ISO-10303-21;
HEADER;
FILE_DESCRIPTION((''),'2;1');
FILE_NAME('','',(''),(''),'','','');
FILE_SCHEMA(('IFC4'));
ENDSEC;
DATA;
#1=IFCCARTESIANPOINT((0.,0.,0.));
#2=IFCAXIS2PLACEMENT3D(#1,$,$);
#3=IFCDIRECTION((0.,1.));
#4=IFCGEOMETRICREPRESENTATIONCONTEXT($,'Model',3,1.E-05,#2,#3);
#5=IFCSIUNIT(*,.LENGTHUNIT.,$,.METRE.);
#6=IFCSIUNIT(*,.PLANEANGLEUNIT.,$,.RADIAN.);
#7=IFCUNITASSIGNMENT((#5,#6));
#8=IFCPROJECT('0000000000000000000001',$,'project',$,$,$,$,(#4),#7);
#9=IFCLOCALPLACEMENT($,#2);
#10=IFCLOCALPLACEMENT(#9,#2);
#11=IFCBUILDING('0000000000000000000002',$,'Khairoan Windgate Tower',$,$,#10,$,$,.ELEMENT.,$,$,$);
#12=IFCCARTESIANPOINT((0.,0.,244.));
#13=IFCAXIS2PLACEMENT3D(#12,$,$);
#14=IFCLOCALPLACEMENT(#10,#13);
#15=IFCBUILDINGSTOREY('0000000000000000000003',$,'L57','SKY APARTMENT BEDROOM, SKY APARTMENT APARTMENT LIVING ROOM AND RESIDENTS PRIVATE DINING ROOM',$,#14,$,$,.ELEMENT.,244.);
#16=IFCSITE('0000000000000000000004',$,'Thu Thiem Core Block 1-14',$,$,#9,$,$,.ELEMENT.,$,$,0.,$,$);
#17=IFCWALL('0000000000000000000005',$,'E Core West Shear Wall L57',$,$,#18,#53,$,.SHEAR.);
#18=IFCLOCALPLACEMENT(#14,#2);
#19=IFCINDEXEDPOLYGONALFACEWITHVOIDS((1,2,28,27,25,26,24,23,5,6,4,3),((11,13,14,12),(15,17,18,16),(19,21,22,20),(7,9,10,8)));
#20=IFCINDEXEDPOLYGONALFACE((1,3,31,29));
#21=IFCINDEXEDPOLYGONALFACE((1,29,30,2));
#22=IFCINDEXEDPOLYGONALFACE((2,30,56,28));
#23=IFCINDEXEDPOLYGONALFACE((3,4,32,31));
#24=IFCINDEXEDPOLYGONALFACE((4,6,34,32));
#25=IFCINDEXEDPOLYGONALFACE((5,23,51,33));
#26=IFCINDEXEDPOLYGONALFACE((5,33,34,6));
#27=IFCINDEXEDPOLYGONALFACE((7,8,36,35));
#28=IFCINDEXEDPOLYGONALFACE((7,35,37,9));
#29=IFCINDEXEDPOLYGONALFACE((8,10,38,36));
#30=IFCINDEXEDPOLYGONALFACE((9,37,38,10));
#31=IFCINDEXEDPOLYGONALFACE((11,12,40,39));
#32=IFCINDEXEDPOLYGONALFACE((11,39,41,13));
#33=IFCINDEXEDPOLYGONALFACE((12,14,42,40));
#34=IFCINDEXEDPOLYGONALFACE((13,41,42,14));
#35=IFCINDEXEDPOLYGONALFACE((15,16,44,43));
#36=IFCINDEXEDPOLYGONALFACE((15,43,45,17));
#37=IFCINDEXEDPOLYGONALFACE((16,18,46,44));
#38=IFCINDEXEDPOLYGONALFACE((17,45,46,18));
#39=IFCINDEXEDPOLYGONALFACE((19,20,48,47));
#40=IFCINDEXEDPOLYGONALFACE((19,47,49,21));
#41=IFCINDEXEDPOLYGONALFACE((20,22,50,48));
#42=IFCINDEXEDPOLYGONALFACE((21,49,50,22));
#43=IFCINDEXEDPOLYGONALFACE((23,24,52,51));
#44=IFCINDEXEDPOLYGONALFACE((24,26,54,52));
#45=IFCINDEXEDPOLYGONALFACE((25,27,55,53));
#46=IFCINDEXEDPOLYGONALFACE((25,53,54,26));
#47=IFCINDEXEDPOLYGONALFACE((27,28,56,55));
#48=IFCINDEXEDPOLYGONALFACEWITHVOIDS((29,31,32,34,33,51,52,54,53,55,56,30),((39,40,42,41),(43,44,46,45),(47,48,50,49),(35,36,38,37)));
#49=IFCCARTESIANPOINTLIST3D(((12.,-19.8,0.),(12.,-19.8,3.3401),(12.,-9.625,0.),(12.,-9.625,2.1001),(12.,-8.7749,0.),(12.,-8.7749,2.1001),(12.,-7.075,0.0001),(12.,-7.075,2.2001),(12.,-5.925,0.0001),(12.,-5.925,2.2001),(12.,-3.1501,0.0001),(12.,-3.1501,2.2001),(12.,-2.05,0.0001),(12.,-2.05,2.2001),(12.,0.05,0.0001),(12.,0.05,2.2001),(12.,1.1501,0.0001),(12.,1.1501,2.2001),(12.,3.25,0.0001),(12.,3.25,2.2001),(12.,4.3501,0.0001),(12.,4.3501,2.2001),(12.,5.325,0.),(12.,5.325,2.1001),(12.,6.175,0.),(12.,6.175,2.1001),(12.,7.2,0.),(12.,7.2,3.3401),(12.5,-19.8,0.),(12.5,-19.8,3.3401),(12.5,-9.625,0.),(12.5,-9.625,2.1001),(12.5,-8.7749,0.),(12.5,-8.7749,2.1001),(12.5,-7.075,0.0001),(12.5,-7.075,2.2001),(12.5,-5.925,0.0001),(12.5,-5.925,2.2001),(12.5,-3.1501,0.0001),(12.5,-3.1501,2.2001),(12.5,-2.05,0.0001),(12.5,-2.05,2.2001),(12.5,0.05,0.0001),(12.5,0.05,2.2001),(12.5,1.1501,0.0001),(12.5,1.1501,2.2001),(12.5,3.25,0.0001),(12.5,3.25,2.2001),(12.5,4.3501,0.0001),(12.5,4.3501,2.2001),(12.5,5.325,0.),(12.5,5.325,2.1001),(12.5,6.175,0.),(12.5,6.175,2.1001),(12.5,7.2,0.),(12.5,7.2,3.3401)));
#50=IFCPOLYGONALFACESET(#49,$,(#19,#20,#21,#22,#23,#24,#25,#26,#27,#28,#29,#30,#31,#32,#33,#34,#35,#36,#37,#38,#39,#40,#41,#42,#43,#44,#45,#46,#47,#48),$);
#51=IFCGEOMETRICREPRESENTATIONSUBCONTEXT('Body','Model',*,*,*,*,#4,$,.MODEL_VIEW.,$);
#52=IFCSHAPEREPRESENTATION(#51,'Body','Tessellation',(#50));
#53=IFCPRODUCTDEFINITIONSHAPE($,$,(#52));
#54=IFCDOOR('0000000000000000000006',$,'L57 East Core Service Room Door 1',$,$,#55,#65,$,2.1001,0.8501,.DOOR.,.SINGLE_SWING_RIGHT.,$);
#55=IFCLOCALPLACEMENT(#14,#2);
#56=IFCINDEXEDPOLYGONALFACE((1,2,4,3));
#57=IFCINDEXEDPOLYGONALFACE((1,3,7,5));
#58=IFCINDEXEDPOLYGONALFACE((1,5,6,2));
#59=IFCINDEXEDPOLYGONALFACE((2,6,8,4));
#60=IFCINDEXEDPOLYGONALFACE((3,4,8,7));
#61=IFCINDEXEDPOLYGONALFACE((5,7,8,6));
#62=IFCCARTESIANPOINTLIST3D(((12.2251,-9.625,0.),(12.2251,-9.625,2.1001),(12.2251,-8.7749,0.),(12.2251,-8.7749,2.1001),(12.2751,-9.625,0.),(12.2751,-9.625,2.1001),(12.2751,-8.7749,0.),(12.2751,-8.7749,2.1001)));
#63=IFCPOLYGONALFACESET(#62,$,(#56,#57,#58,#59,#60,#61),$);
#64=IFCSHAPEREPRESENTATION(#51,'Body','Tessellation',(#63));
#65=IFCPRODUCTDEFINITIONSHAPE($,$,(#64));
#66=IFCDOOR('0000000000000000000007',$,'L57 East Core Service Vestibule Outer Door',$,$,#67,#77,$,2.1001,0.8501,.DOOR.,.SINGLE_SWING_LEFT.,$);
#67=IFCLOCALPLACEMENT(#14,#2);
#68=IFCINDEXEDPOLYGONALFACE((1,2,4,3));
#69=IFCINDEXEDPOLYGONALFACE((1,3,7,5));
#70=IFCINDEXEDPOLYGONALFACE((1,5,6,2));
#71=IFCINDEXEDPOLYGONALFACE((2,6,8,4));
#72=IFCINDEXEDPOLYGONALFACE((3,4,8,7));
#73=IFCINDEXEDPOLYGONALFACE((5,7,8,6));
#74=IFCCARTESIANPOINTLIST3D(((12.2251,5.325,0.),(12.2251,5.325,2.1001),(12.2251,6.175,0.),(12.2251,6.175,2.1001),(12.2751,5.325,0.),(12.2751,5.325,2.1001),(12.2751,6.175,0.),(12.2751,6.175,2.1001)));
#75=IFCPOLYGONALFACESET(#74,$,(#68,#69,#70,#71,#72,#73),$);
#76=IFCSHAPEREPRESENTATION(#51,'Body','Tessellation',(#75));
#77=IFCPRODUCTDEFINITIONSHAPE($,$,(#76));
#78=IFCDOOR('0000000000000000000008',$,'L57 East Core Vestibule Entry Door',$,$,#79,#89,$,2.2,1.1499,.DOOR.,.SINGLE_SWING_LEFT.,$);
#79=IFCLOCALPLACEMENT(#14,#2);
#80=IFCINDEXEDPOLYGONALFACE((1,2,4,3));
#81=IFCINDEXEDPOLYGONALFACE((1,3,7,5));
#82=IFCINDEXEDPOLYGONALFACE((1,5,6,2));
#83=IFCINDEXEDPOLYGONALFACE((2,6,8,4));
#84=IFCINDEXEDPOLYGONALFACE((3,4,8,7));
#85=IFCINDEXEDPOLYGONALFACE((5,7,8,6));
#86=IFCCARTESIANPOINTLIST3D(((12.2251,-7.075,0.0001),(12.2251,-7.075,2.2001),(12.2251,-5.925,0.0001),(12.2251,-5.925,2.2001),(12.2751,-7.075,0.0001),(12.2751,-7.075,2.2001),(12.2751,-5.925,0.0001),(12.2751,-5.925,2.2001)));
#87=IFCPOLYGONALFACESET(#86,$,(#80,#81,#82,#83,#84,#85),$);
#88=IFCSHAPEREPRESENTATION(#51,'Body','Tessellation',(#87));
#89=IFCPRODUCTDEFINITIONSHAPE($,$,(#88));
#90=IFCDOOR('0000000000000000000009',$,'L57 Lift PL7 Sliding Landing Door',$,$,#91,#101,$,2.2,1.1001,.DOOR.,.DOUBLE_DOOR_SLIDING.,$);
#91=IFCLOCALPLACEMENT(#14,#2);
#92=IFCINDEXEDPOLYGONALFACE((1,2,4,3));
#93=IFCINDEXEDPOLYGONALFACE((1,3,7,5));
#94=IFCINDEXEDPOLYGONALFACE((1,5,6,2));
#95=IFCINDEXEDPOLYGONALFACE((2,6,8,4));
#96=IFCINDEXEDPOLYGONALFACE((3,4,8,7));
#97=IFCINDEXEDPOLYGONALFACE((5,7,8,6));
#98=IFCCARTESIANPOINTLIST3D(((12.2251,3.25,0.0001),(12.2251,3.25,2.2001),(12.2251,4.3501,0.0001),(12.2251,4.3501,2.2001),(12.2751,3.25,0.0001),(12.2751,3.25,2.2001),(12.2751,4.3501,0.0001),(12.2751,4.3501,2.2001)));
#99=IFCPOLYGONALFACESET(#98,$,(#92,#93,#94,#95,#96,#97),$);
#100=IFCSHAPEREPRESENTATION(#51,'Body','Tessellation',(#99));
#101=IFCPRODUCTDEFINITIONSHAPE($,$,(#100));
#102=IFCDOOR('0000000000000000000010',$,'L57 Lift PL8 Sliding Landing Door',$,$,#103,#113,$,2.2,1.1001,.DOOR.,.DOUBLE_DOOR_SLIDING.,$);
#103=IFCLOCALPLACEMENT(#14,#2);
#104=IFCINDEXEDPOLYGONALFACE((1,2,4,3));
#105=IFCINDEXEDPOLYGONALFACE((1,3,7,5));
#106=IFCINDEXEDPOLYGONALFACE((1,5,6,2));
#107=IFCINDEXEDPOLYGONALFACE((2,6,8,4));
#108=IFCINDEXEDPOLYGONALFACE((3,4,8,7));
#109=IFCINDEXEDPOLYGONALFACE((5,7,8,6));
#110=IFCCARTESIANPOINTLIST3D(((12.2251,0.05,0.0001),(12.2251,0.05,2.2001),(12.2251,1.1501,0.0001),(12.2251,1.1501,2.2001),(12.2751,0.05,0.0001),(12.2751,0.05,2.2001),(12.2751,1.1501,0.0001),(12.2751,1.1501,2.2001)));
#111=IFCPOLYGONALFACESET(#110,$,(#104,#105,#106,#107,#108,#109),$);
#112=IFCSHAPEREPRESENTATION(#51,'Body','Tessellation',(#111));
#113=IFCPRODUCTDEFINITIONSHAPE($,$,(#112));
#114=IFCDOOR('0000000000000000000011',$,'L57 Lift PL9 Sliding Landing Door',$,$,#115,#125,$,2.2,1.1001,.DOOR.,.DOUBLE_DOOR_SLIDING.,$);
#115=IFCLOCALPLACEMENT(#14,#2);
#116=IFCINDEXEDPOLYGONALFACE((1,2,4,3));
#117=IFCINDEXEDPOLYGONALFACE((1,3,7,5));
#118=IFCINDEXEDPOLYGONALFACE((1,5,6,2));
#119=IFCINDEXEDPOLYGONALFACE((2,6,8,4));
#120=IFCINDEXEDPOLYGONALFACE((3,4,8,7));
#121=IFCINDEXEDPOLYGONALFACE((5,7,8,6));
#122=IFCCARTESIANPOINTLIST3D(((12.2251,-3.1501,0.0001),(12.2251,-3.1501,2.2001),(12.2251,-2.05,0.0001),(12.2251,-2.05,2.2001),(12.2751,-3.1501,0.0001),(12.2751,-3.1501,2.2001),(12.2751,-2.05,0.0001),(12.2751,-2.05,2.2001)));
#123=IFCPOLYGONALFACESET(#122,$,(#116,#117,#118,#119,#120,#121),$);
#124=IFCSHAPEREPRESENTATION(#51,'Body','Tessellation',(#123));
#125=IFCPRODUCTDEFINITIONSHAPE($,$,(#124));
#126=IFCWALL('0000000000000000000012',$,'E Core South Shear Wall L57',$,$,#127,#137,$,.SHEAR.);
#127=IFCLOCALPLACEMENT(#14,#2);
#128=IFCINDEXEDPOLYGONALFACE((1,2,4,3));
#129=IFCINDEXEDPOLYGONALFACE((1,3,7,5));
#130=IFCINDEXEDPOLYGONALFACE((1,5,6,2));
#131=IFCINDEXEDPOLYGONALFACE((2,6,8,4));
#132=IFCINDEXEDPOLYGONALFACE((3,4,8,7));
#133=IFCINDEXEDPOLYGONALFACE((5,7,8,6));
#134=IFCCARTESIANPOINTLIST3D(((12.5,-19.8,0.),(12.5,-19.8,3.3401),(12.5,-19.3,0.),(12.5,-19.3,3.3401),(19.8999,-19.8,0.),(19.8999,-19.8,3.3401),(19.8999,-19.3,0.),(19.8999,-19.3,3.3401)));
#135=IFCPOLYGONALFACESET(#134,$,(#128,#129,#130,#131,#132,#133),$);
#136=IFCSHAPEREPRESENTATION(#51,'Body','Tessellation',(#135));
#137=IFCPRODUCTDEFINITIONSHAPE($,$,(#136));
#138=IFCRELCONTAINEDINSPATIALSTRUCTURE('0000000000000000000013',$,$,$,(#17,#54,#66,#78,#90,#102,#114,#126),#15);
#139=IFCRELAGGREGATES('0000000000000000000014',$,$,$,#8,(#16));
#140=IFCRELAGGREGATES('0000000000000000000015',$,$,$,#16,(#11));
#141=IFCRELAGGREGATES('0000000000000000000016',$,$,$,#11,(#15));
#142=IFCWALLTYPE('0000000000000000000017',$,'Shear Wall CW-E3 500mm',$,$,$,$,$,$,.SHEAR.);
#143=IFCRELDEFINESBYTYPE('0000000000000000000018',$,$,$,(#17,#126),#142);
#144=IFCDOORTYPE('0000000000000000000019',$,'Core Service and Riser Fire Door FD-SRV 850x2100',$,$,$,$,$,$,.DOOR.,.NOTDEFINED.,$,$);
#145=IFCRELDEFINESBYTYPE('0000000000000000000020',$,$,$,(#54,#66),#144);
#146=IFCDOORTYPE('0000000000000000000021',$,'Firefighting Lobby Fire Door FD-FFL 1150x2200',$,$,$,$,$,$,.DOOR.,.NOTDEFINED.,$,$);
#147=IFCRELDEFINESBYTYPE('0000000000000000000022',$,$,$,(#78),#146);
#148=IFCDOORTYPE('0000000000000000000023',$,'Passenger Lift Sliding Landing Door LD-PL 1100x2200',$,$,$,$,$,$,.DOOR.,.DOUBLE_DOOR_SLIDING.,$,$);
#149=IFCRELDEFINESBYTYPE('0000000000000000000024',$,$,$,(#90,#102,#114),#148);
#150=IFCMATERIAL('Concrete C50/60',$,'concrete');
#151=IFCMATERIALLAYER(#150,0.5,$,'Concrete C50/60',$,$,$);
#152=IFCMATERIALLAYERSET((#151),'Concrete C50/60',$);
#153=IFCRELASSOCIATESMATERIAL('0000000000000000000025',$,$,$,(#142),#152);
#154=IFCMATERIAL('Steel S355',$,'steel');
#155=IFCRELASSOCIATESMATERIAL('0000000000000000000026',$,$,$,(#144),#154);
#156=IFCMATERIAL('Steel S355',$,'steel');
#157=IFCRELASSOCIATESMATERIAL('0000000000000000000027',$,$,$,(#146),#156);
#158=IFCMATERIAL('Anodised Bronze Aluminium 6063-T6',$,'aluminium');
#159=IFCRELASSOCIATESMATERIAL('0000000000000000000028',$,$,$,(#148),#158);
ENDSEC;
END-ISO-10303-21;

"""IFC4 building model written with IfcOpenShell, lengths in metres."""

from ifc_helpers import new_model, si_unit, direction, frame, frame_2d, origin, place, context, subcontext, project, spatial, rectangle, extrude, material, layer, layer_set, type_object, element, fill, save


model = new_model("IFC4")

# Units and contexts
model_context = context("Model", 3, precision=1e-05, world=origin(), true_north=direction((0.0, 1.0)))
body_context = subcontext(model_context, "Body", "Model", "MODEL_VIEW")
ifc_project = project(units=[si_unit("LENGTHUNIT", "METRE"), si_unit("PLANEANGLEUNIT", "RADIAN")], contexts=[model_context])

# Site, building, storey
site_placement = place(None, origin())
site = spatial("IfcSite", under=ifc_project, at=site_placement, Name="Thu Thiem Core Block 1-14", CompositionType="ELEMENT", RefElevation=0.0)
building_placement = place(site_placement, origin())
building = spatial("IfcBuilding", under=site, at=building_placement, Name="Khairoan Windgate Tower", CompositionType="ELEMENT")
storey_placement = place(building_placement, frame((0.0, 0.0, 244.0)))
storey = spatial("IfcBuildingStorey", under=building, at=storey_placement, Name="L57", Description="SKY APARTMENT BEDROOM, SKY APARTMENT APARTMENT LIVING ROOM AND RESIDENTS PRIVATE DINING ROOM", CompositionType="ELEMENT", Elevation=244.0)

# Wall, openings, doors
ifc_material_1 = material(Name="Concrete C50/60", Category="concrete")
ifc_layer_1 = layer(ifc_material_1, 0.5, Name="Concrete C50/60")
ifc_layer_set_1 = layer_set([ifc_layer_1], Name="Concrete C50/60")
wall_type_1 = type_object("IfcWallType", Name="Shear Wall CW-E3 500mm", PredefinedType="SHEAR", material=ifc_layer_set_1)
wall_1_placement = place(storey_placement, frame((12.25, -19.8, 0.0), z_axis=(0.0, 0.0, 1.0), x_axis=(0.0, 1.0, 0.0)))
wall_1 = element("IfcWall", 1, at=wall_1_placement, inside=storey, type_object=wall_type_1, Name="E Core West Shear Wall L57", PredefinedType="SHEAR", context=body_context, shape_type="SweptSolid", body=[
    extrude(rectangle(XDim=27.0, YDim=0.5, at=frame_2d((13.5, 0.0))), origin(), (0.0, 0.0, 1.0), 3.3401),
])
opening_1_placement = place(wall_1_placement, frame((23.05, 0.0, 0.0)))
opening_1 = element("IfcOpeningElement", 2, at=opening_1_placement, cuts=wall_1, PredefinedType="OPENING", context=body_context, shape_type="SweptSolid", body=[
    extrude(rectangle(XDim=1.1001, YDim=2.2, at=frame_2d((0.55, 1.1001))), frame((0.0, 0.26, 0.0), z_axis=(0.0, -1.0, 0.0), x_axis=(1.0, 0.0, 0.0)), (0.0, 0.0, 1.0), 0.52),
])
opening_2_placement = place(wall_1_placement, frame((19.8501, 0.0, 0.0)))
opening_2 = element("IfcOpeningElement", 3, at=opening_2_placement, cuts=wall_1, PredefinedType="OPENING", context=body_context, shape_type="SweptSolid", body=[
    extrude(rectangle(XDim=1.1001, YDim=2.2, at=frame_2d((0.55, 1.1001))), frame((0.0, 0.26, 0.0), z_axis=(0.0, -1.0, 0.0), x_axis=(1.0, 0.0, 0.0)), (0.0, 0.0, 1.0), 0.52),
])
opening_3_placement = place(wall_1_placement, frame((16.6499, 0.0, 0.0)))
opening_3 = element("IfcOpeningElement", 4, at=opening_3_placement, cuts=wall_1, PredefinedType="OPENING", context=body_context, shape_type="SweptSolid", body=[
    extrude(rectangle(XDim=1.1001, YDim=2.2, at=frame_2d((0.55, 1.1001))), frame((0.0, 0.26, 0.0), z_axis=(0.0, -1.0, 0.0), x_axis=(1.0, 0.0, 0.0)), (0.0, 0.0, 1.0), 0.52),
])
opening_4_placement = place(wall_1_placement, frame((10.175, 0.0, 0.0)))
opening_4 = element("IfcOpeningElement", 5, at=opening_4_placement, cuts=wall_1, PredefinedType="OPENING", context=body_context, shape_type="SweptSolid", body=[
    extrude(rectangle(XDim=0.8501, YDim=2.1001, at=frame_2d((0.425, 1.05))), frame((0.0, 0.26, 0.0), z_axis=(0.0, -1.0, 0.0), x_axis=(1.0, 0.0, 0.0)), (0.0, 0.0, 1.0), 0.52),
])
opening_5_placement = place(wall_1_placement, frame((12.7251, 0.0, 0.0)))
opening_5 = element("IfcOpeningElement", 6, at=opening_5_placement, cuts=wall_1, PredefinedType="OPENING", context=body_context, shape_type="SweptSolid", body=[
    extrude(rectangle(XDim=1.1499, YDim=2.2, at=frame_2d((0.575, 1.1001))), frame((0.0, 0.26, 0.0), z_axis=(0.0, -1.0, 0.0), x_axis=(1.0, 0.0, 0.0)), (0.0, 0.0, 1.0), 0.52),
])
opening_6_placement = place(wall_1_placement, frame((25.125, 0.0, 0.0)))
opening_6 = element("IfcOpeningElement", 7, at=opening_6_placement, cuts=wall_1, PredefinedType="OPENING", context=body_context, shape_type="SweptSolid", body=[
    extrude(rectangle(XDim=0.8501, YDim=2.1001, at=frame_2d((0.425, 1.05))), frame((0.0, 0.26, 0.0), z_axis=(0.0, -1.0, 0.0), x_axis=(1.0, 0.0, 0.0)), (0.0, 0.0, 1.0), 0.52),
])
ifc_material_2 = material(Name="Steel S355", Category="steel")
door_type_1 = type_object("IfcDoorType", Name="Core Service and Riser Fire Door FD-SRV 850x2100", OperationType="NOTDEFINED", PredefinedType="DOOR", material=ifc_material_2)
door_1_placement = place(opening_4_placement, origin())
door_1 = element("IfcDoor", 8, at=door_1_placement, inside=storey, type_object=door_type_1, Name="L57 East Core Service Room Door 1", OperationType="SINGLE_SWING_RIGHT", OverallHeight=2.1001, OverallWidth=0.8501, PredefinedType="DOOR", context=body_context, shape_type="SweptSolid", body=[
    extrude(rectangle(XDim=0.8501, YDim=2.1001, at=frame_2d((0.425, 1.05))), frame((0.0, 0.0249, 0.0), z_axis=(0.0, -1.0, 0.0), x_axis=(1.0, 0.0, 0.0)), (0.0, 0.0, 1.0), 0.05),
])
fill(opening_4, door_1)
door_2_placement = place(opening_6_placement, origin())
door_2 = element("IfcDoor", 9, at=door_2_placement, inside=storey, type_object=door_type_1, Name="L57 East Core Service Vestibule Outer Door", OperationType="SINGLE_SWING_LEFT", OverallHeight=2.1001, OverallWidth=0.8501, PredefinedType="DOOR", context=body_context, shape_type="SweptSolid", body=[
    extrude(rectangle(XDim=0.8501, YDim=2.1001, at=frame_2d((0.425, 1.05))), frame((0.0, 0.0249, 0.0), z_axis=(0.0, -1.0, 0.0), x_axis=(1.0, 0.0, 0.0)), (0.0, 0.0, 1.0), 0.05),
])
fill(opening_6, door_2)
ifc_material_3 = material(Name="Steel S355", Category="steel")
door_type_2 = type_object("IfcDoorType", Name="Firefighting Lobby Fire Door FD-FFL 1150x2200", OperationType="NOTDEFINED", PredefinedType="DOOR", material=ifc_material_3)
door_3_placement = place(opening_5_placement, origin())
door_3 = element("IfcDoor", 10, at=door_3_placement, inside=storey, type_object=door_type_2, Name="L57 East Core Vestibule Entry Door", OperationType="SINGLE_SWING_LEFT", OverallHeight=2.2, OverallWidth=1.1499, PredefinedType="DOOR", context=body_context, shape_type="SweptSolid", body=[
    extrude(rectangle(XDim=1.1499, YDim=2.2, at=frame_2d((0.575, 1.1001))), frame((0.0, 0.0249, 0.0), z_axis=(0.0, -1.0, 0.0), x_axis=(1.0, 0.0, 0.0)), (0.0, 0.0, 1.0), 0.05),
])
fill(opening_5, door_3)
ifc_material_4 = material(Name="Anodised Bronze Aluminium 6063-T6", Category="aluminium")
door_type_3 = type_object("IfcDoorType", Name="Passenger Lift Sliding Landing Door LD-PL 1100x2200", OperationType="DOUBLE_DOOR_SLIDING", PredefinedType="DOOR", material=ifc_material_4)
door_4_placement = place(opening_1_placement, origin())
door_4 = element("IfcDoor", 11, at=door_4_placement, inside=storey, type_object=door_type_3, Name="L57 Lift PL7 Sliding Landing Door", OperationType="DOUBLE_DOOR_SLIDING", OverallHeight=2.2, OverallWidth=1.1001, PredefinedType="DOOR", context=body_context, shape_type="SweptSolid", body=[
    extrude(rectangle(XDim=1.1001, YDim=2.2, at=frame_2d((0.55, 1.1001))), frame((0.0, 0.0249, 0.0), z_axis=(0.0, -1.0, 0.0), x_axis=(1.0, 0.0, 0.0)), (0.0, 0.0, 1.0), 0.05),
])
fill(opening_1, door_4)
door_5_placement = place(opening_2_placement, origin())
door_5 = element("IfcDoor", 12, at=door_5_placement, inside=storey, type_object=door_type_3, Name="L57 Lift PL8 Sliding Landing Door", OperationType="DOUBLE_DOOR_SLIDING", OverallHeight=2.2, OverallWidth=1.1001, PredefinedType="DOOR", context=body_context, shape_type="SweptSolid", body=[
    extrude(rectangle(XDim=1.1001, YDim=2.2, at=frame_2d((0.55, 1.1001))), frame((0.0, 0.0249, 0.0), z_axis=(0.0, -1.0, 0.0), x_axis=(1.0, 0.0, 0.0)), (0.0, 0.0, 1.0), 0.05),
])
fill(opening_2, door_5)
door_6_placement = place(opening_3_placement, origin())
door_6 = element("IfcDoor", 13, at=door_6_placement, inside=storey, type_object=door_type_3, Name="L57 Lift PL9 Sliding Landing Door", OperationType="DOUBLE_DOOR_SLIDING", OverallHeight=2.2, OverallWidth=1.1001, PredefinedType="DOOR", context=body_context, shape_type="SweptSolid", body=[
    extrude(rectangle(XDim=1.1001, YDim=2.2, at=frame_2d((0.55, 1.1001))), frame((0.0, 0.0249, 0.0), z_axis=(0.0, -1.0, 0.0), x_axis=(1.0, 0.0, 0.0)), (0.0, 0.0, 1.0), 0.05),
])
fill(opening_3, door_6)

# Wall
wall_2_placement = place(storey_placement, frame((12.5, -19.55, 0.0), z_axis=(0.0, 0.0, 1.0), x_axis=(1.0, 0.0, 0.0)))
element("IfcWall", 14, at=wall_2_placement, inside=storey, type_object=wall_type_1, Name="E Core South Shear Wall L57", PredefinedType="SHEAR", context=body_context, shape_type="SweptSolid", body=[
    extrude(rectangle(XDim=7.3999, YDim=0.5, at=frame_2d((3.7, 0.0))), origin(), (0.0, 0.0, 1.0), 3.3401),
])

save(model, "model.ifc")
